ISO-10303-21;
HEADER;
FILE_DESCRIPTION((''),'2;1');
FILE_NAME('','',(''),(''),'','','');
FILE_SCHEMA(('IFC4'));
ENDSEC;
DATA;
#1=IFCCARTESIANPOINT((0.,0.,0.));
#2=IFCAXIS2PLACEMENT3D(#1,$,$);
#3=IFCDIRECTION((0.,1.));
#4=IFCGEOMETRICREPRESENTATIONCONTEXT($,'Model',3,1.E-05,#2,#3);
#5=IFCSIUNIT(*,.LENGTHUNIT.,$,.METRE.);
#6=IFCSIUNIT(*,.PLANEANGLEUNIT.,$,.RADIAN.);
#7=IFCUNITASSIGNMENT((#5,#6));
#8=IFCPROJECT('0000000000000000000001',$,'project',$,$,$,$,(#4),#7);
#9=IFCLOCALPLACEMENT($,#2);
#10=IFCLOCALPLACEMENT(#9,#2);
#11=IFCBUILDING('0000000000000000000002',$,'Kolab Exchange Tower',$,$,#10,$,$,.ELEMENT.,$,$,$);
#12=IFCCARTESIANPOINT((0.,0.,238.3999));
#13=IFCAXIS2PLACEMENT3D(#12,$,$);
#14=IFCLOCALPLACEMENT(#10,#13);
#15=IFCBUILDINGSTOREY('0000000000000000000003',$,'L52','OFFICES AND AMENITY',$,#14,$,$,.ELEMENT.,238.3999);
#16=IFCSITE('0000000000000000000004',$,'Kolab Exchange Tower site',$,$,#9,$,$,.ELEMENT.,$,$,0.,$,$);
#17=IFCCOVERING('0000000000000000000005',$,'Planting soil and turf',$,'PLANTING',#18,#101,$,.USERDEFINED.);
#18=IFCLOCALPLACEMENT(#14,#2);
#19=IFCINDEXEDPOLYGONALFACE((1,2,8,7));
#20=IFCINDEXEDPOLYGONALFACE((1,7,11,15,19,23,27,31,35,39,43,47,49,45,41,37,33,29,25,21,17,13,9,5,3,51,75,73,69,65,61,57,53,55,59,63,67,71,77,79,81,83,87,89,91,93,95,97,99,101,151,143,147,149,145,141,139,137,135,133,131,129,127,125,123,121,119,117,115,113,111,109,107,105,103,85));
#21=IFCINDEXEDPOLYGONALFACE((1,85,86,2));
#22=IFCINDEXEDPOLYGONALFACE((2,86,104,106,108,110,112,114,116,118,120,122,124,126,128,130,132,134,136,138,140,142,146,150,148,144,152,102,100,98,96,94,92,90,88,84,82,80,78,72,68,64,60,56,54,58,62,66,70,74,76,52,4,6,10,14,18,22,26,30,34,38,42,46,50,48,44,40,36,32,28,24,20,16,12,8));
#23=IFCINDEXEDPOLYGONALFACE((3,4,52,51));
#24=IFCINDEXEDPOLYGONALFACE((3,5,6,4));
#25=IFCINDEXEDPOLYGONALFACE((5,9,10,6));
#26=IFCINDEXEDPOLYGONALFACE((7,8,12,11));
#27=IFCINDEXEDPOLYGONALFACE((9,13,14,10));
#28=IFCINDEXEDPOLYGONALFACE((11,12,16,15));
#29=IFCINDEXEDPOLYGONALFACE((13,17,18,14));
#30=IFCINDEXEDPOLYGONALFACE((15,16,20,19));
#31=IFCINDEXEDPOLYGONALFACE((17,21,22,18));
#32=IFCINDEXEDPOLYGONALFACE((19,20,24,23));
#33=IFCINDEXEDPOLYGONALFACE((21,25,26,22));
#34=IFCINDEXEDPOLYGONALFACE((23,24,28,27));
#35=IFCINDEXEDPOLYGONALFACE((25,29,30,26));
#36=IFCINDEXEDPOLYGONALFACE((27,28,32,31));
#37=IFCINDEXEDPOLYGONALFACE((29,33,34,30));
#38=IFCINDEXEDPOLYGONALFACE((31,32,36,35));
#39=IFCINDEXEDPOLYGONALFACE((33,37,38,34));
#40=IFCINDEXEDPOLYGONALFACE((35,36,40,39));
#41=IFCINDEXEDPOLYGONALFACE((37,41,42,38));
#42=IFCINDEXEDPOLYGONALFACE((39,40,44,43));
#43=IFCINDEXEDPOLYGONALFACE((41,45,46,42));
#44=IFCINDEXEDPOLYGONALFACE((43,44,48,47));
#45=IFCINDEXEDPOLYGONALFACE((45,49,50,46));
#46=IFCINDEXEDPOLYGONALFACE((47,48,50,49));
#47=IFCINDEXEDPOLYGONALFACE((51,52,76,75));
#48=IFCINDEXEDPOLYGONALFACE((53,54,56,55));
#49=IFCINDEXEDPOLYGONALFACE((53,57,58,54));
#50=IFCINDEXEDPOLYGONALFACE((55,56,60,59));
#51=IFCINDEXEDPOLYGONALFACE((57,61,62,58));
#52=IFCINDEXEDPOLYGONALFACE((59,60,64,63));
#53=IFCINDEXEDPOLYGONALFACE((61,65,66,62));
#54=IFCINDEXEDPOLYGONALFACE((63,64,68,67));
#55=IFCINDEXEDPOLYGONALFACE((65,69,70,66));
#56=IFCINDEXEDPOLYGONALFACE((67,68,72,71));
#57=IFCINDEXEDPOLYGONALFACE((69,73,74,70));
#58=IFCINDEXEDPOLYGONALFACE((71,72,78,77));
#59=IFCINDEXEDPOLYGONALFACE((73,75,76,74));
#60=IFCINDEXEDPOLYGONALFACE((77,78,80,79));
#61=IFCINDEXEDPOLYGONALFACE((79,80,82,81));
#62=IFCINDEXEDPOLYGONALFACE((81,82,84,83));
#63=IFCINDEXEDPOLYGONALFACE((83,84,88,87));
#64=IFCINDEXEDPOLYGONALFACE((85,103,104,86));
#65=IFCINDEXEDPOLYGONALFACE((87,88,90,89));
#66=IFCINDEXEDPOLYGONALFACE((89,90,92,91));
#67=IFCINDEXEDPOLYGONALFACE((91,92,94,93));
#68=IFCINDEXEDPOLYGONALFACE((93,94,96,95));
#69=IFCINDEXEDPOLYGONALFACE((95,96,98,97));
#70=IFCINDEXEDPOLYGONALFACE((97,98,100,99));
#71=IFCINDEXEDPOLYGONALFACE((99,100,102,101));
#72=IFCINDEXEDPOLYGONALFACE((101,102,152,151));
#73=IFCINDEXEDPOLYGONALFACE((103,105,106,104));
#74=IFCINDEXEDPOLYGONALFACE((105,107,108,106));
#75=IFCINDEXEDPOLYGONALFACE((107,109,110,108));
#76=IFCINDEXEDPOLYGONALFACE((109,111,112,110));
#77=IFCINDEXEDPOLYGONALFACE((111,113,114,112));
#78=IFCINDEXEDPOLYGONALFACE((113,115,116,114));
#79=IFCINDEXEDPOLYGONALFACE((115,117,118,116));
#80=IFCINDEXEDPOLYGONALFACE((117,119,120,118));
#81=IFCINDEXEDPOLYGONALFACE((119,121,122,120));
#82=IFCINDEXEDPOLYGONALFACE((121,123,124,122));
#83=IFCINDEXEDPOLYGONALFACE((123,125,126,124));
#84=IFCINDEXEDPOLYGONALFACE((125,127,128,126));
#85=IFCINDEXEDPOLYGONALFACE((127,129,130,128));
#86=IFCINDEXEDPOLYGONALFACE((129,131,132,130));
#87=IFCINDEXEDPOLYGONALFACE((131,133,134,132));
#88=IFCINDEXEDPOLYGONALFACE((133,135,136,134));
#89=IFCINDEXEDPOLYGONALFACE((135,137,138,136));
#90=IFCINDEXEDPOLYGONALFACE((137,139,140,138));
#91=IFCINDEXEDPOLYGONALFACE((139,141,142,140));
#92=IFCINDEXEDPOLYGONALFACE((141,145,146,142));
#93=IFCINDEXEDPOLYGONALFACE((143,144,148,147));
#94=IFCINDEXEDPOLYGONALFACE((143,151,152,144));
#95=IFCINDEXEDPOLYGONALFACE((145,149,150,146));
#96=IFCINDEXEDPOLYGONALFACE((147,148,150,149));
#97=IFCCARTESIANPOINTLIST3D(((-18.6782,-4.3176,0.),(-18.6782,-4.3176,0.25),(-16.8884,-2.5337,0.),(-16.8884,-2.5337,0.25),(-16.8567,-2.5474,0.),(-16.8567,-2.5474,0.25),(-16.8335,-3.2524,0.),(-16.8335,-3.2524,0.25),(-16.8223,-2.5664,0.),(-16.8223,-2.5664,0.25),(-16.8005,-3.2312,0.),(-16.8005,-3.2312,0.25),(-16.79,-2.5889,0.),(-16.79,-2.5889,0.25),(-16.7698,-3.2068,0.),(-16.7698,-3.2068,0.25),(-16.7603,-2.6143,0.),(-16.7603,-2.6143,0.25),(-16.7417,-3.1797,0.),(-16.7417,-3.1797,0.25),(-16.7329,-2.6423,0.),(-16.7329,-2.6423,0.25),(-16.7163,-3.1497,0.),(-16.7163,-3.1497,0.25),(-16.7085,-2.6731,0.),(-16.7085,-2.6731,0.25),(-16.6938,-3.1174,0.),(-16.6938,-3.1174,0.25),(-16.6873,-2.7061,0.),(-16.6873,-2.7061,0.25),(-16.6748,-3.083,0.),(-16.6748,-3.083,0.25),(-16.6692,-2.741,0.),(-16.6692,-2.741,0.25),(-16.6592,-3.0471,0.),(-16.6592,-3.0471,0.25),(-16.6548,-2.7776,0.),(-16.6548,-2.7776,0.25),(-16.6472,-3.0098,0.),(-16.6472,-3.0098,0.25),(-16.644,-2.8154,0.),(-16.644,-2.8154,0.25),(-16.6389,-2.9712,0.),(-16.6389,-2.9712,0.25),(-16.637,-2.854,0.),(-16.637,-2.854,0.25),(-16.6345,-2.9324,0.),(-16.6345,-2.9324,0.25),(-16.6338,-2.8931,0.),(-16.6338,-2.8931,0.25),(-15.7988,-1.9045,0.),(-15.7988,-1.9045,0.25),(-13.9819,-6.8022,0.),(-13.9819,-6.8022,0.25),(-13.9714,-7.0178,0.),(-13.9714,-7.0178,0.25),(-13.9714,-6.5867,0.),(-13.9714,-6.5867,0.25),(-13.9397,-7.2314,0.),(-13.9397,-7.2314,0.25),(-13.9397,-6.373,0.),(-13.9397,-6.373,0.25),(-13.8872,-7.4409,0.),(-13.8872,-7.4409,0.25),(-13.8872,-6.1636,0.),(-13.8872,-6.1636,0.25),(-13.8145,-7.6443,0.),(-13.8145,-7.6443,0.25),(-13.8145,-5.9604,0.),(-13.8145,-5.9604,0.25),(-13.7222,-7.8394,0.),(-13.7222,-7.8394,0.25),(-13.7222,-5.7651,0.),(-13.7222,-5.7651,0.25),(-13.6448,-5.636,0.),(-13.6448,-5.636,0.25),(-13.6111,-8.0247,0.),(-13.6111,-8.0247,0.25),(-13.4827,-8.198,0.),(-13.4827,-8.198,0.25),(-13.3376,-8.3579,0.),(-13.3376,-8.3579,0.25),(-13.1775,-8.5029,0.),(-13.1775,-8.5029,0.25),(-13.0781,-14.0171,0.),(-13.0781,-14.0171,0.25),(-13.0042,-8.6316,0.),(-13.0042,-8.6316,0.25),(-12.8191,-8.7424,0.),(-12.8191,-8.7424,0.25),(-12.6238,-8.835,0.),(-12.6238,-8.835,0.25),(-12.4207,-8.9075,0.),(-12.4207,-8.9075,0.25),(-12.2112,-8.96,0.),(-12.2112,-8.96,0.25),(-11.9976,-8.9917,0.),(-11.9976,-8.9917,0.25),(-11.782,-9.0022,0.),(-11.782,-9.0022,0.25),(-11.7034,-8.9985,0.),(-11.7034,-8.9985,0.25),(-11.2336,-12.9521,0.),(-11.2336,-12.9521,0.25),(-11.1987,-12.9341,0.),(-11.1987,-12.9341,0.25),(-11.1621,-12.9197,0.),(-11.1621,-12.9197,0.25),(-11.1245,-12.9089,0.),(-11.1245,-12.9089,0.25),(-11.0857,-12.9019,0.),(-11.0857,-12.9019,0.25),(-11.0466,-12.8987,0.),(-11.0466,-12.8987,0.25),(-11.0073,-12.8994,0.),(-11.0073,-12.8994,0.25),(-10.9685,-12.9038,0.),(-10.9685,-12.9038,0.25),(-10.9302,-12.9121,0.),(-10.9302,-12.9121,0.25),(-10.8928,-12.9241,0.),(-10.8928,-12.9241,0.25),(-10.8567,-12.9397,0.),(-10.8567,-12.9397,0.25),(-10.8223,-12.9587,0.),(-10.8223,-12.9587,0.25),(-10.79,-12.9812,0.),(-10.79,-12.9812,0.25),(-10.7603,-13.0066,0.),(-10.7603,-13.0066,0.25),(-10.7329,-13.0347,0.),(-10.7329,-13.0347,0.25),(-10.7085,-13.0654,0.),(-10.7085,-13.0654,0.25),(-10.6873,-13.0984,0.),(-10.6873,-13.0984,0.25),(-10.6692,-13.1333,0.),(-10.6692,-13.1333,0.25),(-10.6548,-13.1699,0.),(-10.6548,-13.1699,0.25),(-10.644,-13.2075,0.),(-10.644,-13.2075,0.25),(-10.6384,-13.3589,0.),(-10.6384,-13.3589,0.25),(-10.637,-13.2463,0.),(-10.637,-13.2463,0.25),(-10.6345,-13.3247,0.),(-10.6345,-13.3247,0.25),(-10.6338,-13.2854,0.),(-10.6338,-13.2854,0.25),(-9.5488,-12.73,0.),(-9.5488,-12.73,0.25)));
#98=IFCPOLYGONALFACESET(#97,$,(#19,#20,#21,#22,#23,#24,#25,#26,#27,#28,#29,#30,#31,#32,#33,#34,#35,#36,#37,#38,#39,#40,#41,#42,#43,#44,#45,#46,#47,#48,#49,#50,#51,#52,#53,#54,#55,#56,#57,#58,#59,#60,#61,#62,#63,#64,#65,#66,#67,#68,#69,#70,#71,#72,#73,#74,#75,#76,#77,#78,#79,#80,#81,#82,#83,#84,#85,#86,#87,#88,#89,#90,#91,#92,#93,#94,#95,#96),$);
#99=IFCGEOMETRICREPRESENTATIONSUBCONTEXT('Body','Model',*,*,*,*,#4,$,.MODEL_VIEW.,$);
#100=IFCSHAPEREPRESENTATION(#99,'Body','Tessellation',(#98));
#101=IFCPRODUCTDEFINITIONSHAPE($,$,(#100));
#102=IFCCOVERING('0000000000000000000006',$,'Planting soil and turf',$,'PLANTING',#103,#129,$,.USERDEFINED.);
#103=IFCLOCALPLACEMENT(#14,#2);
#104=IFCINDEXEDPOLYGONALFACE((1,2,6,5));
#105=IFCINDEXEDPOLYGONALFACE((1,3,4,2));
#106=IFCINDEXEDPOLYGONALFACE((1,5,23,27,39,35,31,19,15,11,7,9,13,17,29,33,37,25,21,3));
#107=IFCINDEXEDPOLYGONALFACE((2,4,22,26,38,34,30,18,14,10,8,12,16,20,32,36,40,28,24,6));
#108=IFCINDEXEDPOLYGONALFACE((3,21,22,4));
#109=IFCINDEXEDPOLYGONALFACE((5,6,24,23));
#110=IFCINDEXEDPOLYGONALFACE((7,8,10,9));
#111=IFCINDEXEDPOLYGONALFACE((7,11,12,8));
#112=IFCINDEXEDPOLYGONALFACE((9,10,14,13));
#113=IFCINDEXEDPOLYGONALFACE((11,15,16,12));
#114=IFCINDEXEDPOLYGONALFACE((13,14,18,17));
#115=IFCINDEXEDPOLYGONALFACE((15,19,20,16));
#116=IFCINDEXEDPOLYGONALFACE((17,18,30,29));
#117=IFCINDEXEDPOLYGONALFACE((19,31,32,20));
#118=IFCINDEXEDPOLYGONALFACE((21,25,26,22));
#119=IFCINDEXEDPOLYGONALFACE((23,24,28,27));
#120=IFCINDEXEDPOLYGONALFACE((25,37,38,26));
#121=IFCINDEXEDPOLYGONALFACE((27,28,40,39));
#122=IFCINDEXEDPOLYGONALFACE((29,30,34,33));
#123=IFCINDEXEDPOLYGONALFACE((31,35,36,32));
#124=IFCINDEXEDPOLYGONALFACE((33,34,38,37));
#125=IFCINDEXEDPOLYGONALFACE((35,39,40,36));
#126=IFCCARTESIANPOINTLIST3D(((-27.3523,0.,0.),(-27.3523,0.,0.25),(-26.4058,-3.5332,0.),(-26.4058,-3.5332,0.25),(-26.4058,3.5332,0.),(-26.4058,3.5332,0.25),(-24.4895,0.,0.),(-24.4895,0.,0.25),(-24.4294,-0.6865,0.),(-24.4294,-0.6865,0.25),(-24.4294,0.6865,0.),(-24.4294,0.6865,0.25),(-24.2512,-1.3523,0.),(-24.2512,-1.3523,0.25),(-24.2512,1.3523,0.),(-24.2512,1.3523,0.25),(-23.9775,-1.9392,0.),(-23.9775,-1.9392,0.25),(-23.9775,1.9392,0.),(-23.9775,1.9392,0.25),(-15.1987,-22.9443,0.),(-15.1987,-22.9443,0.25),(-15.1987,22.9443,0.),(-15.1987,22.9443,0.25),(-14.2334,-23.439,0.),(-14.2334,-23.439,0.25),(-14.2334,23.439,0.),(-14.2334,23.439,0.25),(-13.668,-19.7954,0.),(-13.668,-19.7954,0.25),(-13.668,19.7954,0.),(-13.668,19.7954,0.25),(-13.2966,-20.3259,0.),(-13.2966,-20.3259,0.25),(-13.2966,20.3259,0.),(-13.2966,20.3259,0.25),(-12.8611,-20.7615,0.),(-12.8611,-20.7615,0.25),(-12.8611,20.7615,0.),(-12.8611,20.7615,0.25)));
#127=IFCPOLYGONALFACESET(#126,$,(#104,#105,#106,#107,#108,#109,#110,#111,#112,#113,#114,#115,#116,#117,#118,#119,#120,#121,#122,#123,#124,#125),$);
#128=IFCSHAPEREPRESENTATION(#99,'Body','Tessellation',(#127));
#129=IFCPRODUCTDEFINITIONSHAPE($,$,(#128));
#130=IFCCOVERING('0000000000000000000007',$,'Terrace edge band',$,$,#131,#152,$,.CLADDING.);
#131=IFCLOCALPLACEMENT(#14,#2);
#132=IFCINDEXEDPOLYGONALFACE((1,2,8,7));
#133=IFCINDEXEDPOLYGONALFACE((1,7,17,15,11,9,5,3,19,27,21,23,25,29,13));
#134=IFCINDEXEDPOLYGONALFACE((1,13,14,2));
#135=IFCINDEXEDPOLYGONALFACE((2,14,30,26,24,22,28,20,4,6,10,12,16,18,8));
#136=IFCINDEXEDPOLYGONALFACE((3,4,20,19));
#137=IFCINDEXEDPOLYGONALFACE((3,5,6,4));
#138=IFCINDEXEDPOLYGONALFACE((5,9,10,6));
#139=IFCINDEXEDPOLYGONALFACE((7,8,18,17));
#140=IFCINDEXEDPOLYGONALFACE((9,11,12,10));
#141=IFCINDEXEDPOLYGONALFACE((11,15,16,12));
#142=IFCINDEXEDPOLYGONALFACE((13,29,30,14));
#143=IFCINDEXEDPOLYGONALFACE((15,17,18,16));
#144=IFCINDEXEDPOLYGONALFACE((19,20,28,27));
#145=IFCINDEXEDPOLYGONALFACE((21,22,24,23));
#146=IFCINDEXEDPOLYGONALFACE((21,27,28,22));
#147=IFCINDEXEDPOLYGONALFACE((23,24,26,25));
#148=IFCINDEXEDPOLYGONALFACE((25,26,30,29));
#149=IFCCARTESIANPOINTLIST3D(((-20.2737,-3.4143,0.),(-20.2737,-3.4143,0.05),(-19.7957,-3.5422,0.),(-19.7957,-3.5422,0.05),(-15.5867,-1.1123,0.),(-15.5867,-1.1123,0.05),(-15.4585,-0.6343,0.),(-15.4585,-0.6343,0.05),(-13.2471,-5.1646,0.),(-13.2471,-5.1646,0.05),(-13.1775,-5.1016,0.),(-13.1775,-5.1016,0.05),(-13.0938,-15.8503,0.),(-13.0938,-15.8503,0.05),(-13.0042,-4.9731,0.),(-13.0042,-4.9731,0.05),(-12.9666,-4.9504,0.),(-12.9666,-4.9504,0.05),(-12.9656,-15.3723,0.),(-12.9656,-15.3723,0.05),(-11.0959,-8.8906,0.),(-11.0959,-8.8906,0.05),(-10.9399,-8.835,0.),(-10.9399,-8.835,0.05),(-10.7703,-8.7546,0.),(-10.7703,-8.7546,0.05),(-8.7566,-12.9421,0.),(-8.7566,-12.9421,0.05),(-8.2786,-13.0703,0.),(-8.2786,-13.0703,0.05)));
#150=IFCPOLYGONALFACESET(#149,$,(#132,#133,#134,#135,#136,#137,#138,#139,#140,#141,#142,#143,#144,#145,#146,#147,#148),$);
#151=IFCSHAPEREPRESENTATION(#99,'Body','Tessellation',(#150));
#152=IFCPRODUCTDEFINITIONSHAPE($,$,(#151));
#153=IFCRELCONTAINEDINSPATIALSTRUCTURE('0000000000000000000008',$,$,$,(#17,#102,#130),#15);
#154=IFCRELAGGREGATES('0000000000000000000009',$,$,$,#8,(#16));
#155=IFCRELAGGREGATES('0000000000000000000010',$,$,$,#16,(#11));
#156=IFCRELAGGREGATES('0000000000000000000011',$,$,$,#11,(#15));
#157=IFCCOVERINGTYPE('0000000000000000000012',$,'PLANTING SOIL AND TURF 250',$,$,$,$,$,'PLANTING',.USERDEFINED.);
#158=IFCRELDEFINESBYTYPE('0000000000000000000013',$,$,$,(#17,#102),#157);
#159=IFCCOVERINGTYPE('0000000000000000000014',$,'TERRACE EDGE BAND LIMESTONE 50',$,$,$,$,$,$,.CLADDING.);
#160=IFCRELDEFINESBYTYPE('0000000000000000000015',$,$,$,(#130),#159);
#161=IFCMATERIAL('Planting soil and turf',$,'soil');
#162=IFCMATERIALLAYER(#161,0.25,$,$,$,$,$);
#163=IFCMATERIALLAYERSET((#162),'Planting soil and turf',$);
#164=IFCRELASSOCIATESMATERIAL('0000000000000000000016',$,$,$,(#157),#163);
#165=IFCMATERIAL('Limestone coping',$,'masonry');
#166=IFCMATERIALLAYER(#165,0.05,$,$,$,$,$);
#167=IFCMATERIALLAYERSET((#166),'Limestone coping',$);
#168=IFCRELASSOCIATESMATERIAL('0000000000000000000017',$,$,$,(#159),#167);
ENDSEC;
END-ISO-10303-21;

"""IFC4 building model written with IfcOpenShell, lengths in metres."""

from ifc_helpers import new_model, si_unit, direction, frame, origin, place, context, subcontext, project, spatial, polyline, outline, extrude, material, layer, layer_set, type_object, element, save


model = new_model("IFC4")

# Units and contexts
model_context = context("Model", 3, precision=1e-05, world=origin(), true_north=direction((0.0, 1.0)))
body_context = subcontext(model_context, "Body", "Model", "MODEL_VIEW")
ifc_project = project(units=[si_unit("LENGTHUNIT", "METRE"), si_unit("PLANEANGLEUNIT", "RADIAN")], contexts=[model_context])

# Site, building, storey
site_placement = place(None, origin())
site = spatial("IfcSite", under=ifc_project, at=site_placement, Name="Kolab Exchange Tower site", CompositionType="ELEMENT", RefElevation=0.0)
building_placement = place(site_placement, origin())
building = spatial("IfcBuilding", under=site, at=building_placement, Name="Kolab Exchange Tower", CompositionType="ELEMENT")
storey_placement = place(building_placement, frame((0.0, 0.0, 238.3999)))
storey = spatial("IfcBuildingStorey", under=building, at=storey_placement, Name="L52", Description="OFFICES AND AMENITY", CompositionType="ELEMENT", Elevation=238.3999)

# Coverings
ifc_material_1 = material(Name="Planting soil and turf", Category="soil")
ifc_layer_1 = layer(ifc_material_1, 0.25)
ifc_layer_set_1 = layer_set([ifc_layer_1], Name="Planting soil and turf")
covering_type_1 = type_object("IfcCoveringType", Name="PLANTING SOIL AND TURF 250", ElementType="PLANTING", PredefinedType="USERDEFINED", material=ifc_layer_set_1)
covering_1_placement = place(storey_placement, origin())
element("IfcCovering", 1, at=covering_1_placement, inside=storey, type_object=covering_type_1, Name="Planting soil and turf", ObjectType="PLANTING", PredefinedType="USERDEFINED", context=body_context, shape_type="SweptSolid", body=[
    extrude(outline(polyline([(-10.6384, -13.3589), (-10.6345, -13.3247), (-10.6338, -13.2854), (-10.637, -13.2463), (-10.644, -13.2075), (-10.6548, -13.1699), (-10.6692, -13.1333), (-10.6873, -13.0984), (-10.7085, -13.0654), (-10.7329, -13.0347), (-10.7603, -13.0066), (-10.79, -12.9812), (-10.8223, -12.9587), (-10.8567, -12.9397), (-10.8928, -12.9241), (-10.9302, -12.9121), (-10.9685, -12.9038), (-11.0073, -12.8994), (-11.0466, -12.8987), (-11.0857, -12.9019), (-11.1245, -12.9089), (-11.1621, -12.9197), (-11.1987, -12.9341), (-11.2336, -12.9521), (-13.0781, -14.0171), (-18.6782, -4.3176), (-16.8335, -3.2524), (-16.8005, -3.2312), (-16.7698, -3.2068), (-16.7417, -3.1797), (-16.7163, -3.1497), (-16.6938, -3.1174), (-16.6748, -3.083), (-16.6592, -3.0471), (-16.6472, -3.0098), (-16.6389, -2.9712), (-16.6345, -2.9324), (-16.6338, -2.8931), (-16.637, -2.854), (-16.644, -2.8154), (-16.6548, -2.7776), (-16.6692, -2.741), (-16.6873, -2.7061), (-16.7085, -2.6731), (-16.7329, -2.6423), (-16.7603, -2.6143), (-16.79, -2.5889), (-16.8223, -2.5664), (-16.8567, -2.5474), (-16.8884, -2.5337), (-15.7988, -1.9045), (-13.6448, -5.636), (-13.7222, -5.7651), (-13.8145, -5.9604), (-13.8872, -6.1636), (-13.9397, -6.373), (-13.9714, -6.5867), (-13.9819, -6.8022), (-13.9714, -7.0178), (-13.9397, -7.2314), (-13.8872, -7.4409), (-13.8145, -7.6443), (-13.7222, -7.8394), (-13.6111, -8.0247), (-13.4827, -8.198), (-13.3376, -8.3579), (-13.1775, -8.5029), (-13.0042, -8.6316), (-12.8191, -8.7424), (-12.6238, -8.835), (-12.4207, -8.9075), (-12.2112, -8.96), (-11.9976, -8.9917), (-11.782, -9.0022), (-11.7034, -8.9985), (-9.5488, -12.73), (-10.6384, -13.3589)])), origin(), (0.0, 0.0, 1.0), 0.25),
])
covering_2_placement = place(storey_placement, origin())
element("IfcCovering", 2, at=covering_2_placement, inside=storey, type_object=covering_type_1, Name="Planting soil and turf", ObjectType="PLANTING", PredefinedType="USERDEFINED", context=body_context, shape_type="SweptSolid", body=[
    extrude(outline(polyline([(-14.2334, -23.439), (-15.1987, -22.9443), (-26.4058, -3.5332), (-27.3523, 0.0), (-26.4058, 3.5332), (-15.1987, 22.9443), (-14.2334, 23.439), (-12.8611, 20.7615), (-13.2966, 20.3259), (-13.668, 19.7954), (-23.9775, 1.9392), (-24.2512, 1.3523), (-24.4294, 0.6865), (-24.4895, 0.0), (-24.4294, -0.6865), (-24.2512, -1.3523), (-23.9775, -1.9392), (-13.668, -19.7954), (-13.2966, -20.3259), (-12.8611, -20.7615), (-14.2334, -23.439)])), origin(), (0.0, 0.0, 1.0), 0.25),
])
ifc_material_2 = material(Name="Limestone coping", Category="masonry")
ifc_layer_2 = layer(ifc_material_2, 0.05)
ifc_layer_set_2 = layer_set([ifc_layer_2], Name="Limestone coping")
covering_type_2 = type_object("IfcCoveringType", Name="TERRACE EDGE BAND LIMESTONE 50", PredefinedType="CLADDING", material=ifc_layer_set_2)
covering_3_placement = place(storey_placement, origin())
element("IfcCovering", 3, at=covering_3_placement, inside=storey, type_object=covering_type_2, Name="Terrace edge band", PredefinedType="CLADDING", context=body_context, shape_type="SweptSolid", body=[
    extrude(outline(polyline([(-20.2737, -3.4143), (-15.4585, -0.6343), (-12.9666, -4.9504), (-13.0042, -4.9731), (-13.1775, -5.1016), (-13.2471, -5.1646), (-15.5867, -1.1123), (-19.7957, -3.5422), (-12.9656, -15.3723), (-8.7566, -12.9421), (-11.0959, -8.8906), (-10.9399, -8.835), (-10.7703, -8.7546), (-8.2786, -13.0703), (-13.0938, -15.8503), (-20.2737, -3.4143)])), origin(), (0.0, 0.0, 1.0), 0.05),
])

save(model, "model.ifc")
